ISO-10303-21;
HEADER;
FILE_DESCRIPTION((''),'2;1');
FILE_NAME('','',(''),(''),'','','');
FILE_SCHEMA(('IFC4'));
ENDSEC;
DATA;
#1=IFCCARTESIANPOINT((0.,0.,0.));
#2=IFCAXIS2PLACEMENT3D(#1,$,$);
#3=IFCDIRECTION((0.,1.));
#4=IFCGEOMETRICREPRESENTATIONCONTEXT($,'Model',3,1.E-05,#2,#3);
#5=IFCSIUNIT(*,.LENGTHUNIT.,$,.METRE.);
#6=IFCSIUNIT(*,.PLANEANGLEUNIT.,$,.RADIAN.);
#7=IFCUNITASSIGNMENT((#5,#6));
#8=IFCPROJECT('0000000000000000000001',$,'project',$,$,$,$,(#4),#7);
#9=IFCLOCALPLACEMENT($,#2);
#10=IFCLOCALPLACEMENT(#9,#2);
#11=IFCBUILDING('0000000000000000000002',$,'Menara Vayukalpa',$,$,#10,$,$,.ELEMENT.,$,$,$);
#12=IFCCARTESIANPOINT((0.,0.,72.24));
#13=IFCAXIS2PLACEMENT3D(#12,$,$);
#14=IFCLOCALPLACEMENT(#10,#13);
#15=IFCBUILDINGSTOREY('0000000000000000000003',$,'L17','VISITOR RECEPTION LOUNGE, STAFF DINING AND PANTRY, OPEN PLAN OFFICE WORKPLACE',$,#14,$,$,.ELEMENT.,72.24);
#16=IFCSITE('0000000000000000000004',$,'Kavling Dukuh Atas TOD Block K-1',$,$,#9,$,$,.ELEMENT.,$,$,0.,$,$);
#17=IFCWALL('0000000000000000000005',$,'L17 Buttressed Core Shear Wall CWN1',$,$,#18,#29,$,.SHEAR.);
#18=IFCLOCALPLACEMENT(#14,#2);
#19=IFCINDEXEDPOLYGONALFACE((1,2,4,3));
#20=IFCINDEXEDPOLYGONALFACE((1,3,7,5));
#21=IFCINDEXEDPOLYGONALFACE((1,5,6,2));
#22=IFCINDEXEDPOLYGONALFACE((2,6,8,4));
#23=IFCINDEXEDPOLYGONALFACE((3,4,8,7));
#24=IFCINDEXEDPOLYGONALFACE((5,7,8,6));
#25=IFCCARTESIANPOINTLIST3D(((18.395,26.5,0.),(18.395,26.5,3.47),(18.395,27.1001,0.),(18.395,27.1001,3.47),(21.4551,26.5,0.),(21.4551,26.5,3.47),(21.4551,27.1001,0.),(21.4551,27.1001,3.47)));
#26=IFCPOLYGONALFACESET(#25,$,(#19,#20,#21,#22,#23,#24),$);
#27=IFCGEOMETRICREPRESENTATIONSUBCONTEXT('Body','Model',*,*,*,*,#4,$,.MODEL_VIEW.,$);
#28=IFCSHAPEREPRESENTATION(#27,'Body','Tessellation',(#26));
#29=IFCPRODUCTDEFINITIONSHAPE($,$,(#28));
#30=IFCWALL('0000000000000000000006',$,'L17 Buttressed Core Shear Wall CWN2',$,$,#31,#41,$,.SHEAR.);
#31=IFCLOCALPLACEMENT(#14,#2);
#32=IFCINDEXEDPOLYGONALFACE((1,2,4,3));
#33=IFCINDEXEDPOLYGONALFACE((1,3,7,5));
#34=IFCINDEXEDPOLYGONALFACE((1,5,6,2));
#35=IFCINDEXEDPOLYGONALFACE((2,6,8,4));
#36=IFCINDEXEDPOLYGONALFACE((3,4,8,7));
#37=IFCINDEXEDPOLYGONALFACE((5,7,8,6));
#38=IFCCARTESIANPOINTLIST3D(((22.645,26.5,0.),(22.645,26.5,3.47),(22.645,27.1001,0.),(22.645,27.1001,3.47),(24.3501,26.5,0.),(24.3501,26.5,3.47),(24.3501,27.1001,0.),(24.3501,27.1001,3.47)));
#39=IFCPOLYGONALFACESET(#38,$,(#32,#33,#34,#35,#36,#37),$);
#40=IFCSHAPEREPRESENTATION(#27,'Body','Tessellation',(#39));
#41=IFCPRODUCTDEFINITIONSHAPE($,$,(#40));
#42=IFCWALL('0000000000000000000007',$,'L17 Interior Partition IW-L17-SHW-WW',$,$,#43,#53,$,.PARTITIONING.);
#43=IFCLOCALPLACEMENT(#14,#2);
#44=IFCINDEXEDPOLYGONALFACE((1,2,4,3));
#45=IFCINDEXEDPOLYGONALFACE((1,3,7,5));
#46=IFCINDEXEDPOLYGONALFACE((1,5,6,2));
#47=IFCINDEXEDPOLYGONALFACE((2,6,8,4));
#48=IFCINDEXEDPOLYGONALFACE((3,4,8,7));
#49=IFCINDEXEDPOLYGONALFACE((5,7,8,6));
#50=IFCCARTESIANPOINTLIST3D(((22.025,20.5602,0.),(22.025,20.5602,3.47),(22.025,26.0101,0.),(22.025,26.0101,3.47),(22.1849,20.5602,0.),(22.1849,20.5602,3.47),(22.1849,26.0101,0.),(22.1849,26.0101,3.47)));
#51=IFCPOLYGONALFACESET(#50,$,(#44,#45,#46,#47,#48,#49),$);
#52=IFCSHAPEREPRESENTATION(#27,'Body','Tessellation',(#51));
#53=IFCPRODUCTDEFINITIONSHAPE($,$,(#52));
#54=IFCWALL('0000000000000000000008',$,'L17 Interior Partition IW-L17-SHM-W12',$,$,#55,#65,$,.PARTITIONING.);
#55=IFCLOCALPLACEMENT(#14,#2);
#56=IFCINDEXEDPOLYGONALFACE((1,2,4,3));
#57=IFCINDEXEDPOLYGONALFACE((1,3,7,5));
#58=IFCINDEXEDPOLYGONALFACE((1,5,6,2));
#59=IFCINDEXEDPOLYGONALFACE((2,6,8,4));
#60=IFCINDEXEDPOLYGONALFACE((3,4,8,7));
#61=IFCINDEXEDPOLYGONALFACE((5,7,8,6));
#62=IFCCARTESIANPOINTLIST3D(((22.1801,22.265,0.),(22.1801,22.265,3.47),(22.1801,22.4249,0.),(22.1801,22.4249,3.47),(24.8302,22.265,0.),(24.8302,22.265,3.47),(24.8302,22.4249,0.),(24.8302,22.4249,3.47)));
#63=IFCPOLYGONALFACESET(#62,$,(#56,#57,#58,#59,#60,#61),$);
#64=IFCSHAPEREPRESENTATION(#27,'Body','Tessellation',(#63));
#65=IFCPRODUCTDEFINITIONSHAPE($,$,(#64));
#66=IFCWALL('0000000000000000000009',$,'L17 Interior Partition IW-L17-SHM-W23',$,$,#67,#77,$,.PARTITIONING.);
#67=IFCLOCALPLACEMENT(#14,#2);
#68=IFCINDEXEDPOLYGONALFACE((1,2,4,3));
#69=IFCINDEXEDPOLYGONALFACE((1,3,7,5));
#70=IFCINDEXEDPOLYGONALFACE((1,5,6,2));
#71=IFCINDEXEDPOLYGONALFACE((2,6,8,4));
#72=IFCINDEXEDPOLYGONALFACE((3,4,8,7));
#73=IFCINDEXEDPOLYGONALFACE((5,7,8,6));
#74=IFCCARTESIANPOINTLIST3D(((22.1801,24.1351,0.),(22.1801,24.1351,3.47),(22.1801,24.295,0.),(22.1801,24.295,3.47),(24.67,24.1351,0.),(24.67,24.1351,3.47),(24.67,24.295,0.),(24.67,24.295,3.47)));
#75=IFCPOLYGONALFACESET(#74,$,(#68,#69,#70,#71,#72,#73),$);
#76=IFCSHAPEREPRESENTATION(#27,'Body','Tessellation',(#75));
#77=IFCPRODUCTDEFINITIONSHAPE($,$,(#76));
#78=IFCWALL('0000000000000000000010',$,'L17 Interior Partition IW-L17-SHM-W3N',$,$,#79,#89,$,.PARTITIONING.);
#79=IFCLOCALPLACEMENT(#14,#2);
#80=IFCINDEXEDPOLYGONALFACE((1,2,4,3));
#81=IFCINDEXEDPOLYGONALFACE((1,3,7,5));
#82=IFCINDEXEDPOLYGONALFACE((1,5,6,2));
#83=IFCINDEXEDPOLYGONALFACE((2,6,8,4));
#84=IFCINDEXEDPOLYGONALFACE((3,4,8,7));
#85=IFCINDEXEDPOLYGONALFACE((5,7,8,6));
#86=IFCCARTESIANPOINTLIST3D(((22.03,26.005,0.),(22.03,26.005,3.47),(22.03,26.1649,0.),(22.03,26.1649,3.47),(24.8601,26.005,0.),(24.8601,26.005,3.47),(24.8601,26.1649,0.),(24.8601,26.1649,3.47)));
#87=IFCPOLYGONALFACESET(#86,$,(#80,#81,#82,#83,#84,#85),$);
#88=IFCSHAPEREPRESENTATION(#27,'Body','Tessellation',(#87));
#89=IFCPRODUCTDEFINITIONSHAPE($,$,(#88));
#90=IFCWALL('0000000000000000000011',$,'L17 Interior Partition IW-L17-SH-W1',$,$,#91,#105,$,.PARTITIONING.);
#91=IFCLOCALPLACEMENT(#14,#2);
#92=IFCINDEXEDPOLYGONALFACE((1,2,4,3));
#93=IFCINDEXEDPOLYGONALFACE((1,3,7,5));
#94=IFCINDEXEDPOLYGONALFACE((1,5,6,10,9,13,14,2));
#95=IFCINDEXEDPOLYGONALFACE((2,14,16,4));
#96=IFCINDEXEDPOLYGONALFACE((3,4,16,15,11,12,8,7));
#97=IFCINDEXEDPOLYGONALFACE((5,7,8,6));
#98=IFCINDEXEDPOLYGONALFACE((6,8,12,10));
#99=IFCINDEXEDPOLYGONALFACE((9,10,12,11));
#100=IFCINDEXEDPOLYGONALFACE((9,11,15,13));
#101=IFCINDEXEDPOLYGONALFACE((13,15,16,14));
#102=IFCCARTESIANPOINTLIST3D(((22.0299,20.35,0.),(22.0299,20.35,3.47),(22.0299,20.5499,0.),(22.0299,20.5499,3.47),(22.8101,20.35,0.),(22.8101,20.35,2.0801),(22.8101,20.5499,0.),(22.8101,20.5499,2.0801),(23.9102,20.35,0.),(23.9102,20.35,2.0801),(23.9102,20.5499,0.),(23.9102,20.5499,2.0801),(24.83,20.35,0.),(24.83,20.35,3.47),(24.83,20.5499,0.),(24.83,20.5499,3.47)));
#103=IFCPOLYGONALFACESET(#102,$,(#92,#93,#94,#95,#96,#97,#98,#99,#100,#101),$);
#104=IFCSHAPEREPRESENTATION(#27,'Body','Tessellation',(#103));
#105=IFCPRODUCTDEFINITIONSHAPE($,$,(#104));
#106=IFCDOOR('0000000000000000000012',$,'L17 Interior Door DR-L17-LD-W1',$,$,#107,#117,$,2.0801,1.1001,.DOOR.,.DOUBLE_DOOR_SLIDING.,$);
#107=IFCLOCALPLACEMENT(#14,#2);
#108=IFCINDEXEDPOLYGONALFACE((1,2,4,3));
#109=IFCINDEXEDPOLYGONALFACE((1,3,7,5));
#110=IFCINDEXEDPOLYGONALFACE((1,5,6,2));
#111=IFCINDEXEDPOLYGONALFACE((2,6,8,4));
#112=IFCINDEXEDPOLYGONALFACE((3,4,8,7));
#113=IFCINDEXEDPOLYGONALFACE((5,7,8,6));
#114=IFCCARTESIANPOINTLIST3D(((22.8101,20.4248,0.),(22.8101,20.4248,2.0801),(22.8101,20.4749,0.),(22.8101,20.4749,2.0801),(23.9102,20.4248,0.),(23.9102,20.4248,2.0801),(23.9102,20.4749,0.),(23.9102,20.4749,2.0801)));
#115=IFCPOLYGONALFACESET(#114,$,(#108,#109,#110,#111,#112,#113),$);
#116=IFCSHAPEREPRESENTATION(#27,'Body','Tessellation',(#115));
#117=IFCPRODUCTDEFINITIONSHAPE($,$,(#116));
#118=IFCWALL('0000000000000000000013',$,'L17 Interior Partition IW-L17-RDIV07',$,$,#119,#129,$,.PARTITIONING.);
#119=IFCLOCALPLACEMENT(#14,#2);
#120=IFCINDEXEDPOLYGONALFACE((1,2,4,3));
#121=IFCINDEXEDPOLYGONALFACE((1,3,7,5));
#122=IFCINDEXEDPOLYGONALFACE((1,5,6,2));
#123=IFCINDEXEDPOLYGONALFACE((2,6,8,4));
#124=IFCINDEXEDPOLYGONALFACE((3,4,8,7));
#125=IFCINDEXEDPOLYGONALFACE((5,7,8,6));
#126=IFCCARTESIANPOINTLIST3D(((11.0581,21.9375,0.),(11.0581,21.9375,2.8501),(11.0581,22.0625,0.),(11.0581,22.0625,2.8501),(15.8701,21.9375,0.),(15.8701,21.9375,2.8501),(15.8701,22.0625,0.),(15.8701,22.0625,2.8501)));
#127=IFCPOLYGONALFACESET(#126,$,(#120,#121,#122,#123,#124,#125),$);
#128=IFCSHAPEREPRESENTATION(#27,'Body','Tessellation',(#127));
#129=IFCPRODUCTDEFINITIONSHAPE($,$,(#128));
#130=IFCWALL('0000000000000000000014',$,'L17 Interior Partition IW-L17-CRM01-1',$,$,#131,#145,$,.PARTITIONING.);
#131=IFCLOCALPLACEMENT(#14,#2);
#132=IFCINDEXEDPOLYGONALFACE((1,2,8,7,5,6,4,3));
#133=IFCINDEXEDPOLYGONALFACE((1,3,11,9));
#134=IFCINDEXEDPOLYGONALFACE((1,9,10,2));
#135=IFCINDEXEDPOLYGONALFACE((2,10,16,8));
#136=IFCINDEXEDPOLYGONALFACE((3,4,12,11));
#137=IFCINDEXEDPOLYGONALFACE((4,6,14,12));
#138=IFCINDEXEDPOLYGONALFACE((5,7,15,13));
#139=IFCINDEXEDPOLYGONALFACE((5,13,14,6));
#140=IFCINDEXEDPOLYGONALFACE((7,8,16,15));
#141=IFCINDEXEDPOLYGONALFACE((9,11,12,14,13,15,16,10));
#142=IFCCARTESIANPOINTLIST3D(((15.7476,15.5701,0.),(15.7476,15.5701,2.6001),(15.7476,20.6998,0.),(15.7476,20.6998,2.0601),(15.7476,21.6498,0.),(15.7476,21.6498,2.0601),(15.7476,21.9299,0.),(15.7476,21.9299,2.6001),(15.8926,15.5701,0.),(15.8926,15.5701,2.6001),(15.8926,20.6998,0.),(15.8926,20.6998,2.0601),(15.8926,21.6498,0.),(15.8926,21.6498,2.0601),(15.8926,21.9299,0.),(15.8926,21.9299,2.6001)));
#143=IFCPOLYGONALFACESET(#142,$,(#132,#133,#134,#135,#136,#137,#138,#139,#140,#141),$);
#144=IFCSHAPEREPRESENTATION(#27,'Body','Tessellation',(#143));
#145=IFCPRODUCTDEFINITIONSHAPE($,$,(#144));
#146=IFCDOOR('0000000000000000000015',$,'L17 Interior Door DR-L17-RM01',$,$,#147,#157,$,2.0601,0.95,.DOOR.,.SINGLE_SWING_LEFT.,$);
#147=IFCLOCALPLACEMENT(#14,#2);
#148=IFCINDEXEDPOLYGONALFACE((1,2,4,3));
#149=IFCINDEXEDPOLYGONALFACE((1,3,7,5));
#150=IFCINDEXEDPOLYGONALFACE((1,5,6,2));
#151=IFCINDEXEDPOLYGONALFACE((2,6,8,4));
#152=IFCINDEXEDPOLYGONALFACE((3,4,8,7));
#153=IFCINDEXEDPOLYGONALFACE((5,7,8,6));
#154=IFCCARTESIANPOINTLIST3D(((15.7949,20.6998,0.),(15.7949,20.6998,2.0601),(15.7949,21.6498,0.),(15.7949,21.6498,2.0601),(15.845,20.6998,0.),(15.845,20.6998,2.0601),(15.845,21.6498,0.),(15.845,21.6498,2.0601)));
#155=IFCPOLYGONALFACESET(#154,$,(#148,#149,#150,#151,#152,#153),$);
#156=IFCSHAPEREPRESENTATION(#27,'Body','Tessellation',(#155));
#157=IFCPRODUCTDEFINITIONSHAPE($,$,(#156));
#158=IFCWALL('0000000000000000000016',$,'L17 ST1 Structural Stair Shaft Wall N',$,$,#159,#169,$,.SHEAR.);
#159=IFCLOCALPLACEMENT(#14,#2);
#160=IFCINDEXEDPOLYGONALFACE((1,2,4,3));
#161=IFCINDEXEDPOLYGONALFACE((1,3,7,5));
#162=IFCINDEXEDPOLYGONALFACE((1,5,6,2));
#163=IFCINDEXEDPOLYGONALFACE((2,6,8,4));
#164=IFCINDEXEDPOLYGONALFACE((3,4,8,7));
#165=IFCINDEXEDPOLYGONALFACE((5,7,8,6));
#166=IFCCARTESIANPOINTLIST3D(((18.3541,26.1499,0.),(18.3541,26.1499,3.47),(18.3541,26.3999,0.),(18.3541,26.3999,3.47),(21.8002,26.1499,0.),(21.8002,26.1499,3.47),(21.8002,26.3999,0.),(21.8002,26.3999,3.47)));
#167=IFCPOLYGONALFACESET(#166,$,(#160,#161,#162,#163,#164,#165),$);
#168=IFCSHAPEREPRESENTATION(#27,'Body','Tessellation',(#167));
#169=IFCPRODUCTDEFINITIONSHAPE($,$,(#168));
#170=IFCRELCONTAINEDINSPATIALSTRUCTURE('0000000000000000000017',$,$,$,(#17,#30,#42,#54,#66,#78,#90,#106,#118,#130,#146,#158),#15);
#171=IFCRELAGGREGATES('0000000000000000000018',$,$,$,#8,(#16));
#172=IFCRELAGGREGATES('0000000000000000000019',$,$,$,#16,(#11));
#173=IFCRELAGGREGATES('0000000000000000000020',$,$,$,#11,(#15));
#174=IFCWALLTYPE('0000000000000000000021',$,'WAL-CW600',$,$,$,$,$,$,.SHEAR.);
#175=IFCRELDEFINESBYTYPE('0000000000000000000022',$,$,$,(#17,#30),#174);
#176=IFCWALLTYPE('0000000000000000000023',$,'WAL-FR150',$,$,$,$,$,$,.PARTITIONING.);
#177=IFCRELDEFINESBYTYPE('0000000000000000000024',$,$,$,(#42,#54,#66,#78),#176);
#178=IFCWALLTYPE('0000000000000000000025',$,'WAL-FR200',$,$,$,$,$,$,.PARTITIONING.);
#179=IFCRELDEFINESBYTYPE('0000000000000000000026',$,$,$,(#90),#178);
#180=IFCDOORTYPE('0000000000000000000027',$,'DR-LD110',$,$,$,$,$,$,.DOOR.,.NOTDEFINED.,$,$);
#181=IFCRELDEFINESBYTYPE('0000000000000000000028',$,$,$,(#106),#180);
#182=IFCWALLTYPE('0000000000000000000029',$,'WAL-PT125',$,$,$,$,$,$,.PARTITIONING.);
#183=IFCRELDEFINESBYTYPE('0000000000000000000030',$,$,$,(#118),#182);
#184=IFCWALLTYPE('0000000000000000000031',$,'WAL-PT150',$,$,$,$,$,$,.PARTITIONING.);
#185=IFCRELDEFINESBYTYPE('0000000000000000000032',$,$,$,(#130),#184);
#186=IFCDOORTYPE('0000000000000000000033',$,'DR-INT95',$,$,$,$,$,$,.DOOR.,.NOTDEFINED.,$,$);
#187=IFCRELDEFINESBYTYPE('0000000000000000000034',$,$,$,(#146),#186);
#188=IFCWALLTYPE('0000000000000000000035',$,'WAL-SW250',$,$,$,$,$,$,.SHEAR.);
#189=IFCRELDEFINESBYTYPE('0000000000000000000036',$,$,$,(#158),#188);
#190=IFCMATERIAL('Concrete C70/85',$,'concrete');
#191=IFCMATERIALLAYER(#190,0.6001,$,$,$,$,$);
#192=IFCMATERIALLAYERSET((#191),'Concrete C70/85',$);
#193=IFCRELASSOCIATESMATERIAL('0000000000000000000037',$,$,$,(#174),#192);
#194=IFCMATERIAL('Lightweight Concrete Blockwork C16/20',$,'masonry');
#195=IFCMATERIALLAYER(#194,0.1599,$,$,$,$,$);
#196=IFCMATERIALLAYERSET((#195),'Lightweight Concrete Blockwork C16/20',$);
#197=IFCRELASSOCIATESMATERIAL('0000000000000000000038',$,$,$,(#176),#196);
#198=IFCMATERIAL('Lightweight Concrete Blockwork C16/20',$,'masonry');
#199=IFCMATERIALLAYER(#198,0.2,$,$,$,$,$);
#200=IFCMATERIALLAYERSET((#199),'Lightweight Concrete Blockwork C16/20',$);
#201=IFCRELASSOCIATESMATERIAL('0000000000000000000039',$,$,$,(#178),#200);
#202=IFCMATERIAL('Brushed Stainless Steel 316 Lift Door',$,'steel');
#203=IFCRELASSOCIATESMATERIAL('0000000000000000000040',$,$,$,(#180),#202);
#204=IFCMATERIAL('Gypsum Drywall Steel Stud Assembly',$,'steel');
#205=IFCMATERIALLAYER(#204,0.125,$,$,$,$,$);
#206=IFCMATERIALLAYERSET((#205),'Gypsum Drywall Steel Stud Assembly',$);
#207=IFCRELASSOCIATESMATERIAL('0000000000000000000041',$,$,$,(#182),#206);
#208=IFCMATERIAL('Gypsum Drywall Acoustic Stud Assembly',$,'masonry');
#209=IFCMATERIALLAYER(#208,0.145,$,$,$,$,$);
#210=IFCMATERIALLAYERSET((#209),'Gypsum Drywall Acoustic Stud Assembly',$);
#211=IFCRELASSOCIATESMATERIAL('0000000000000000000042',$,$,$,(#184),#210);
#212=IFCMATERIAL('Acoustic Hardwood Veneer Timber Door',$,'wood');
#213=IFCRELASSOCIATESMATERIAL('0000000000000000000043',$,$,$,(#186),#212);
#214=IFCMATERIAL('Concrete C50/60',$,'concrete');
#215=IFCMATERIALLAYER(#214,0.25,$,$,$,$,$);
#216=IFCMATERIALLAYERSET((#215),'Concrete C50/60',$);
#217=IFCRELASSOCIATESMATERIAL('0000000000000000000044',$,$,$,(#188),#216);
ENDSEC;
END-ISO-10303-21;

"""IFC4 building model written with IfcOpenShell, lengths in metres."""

from ifc_helpers import new_model, si_unit, direction, frame, frame_2d, origin, place, context, subcontext, project, spatial, rectangle, extrude, material, layer, layer_set, type_object, element, fill, save


model = new_model("IFC4")

# Units and contexts
model_context = context("Model", 3, precision=1e-05, world=origin(), true_north=direction((0.0, 1.0)))
body_context = subcontext(model_context, "Body", "Model", "MODEL_VIEW")
ifc_project = project(units=[si_unit("LENGTHUNIT", "METRE"), si_unit("PLANEANGLEUNIT", "RADIAN")], contexts=[model_context])

# Site, building, storey
site_placement = place(None, origin())
site = spatial("IfcSite", under=ifc_project, at=site_placement, Name="Kavling Dukuh Atas TOD Block K-1", CompositionType="ELEMENT", RefElevation=0.0)
building_placement = place(site_placement, origin())
building = spatial("IfcBuilding", under=site, at=building_placement, Name="Menara Vayukalpa", CompositionType="ELEMENT")
storey_placement = place(building_placement, frame((0.0, 0.0, 72.24)))
storey = spatial("IfcBuildingStorey", under=building, at=storey_placement, Name="L17", Description="VISITOR RECEPTION LOUNGE, STAFF DINING AND PANTRY, OPEN PLAN OFFICE WORKPLACE", CompositionType="ELEMENT", Elevation=72.24)

# Walls
ifc_material_1 = material(Name="Concrete C70/85", Category="concrete")
ifc_layer_1 = layer(ifc_material_1, 0.6001)
ifc_layer_set_1 = layer_set([ifc_layer_1], Name="Concrete C70/85")
wall_type_1 = type_object("IfcWallType", Name="WAL-CW600", PredefinedType="SHEAR", material=ifc_layer_set_1)
wall_1_placement = place(storey_placement, frame((18.395, 26.8, 0.0), z_axis=(0.0, 0.0, 1.0), x_axis=(1.0, 0.0, 0.0)))
element("IfcWall", 1, at=wall_1_placement, inside=storey, type_object=wall_type_1, Name="L17 Buttressed Core Shear Wall CWN1", PredefinedType="SHEAR", context=body_context, shape_type="SweptSolid", body=[
    extrude(rectangle(XDim=3.0601, YDim=0.6001, at=frame_2d((1.53, 0.0))), origin(), (0.0, 0.0, 1.0), 3.47),
])
wall_2_placement = place(storey_placement, frame((22.645, 26.8, 0.0), z_axis=(0.0, 0.0, 1.0), x_axis=(1.0, 0.0, 0.0)))
element("IfcWall", 2, at=wall_2_placement, inside=storey, type_object=wall_type_1, Name="L17 Buttressed Core Shear Wall CWN2", PredefinedType="SHEAR", context=body_context, shape_type="SweptSolid", body=[
    extrude(rectangle(XDim=1.7051, YDim=0.6001, at=frame_2d((0.8525, 0.0))), origin(), (0.0, 0.0, 1.0), 3.47),
])
ifc_material_2 = material(Name="Lightweight Concrete Blockwork C16/20", Category="masonry")
ifc_layer_2 = layer(ifc_material_2, 0.1599)
ifc_layer_set_2 = layer_set([ifc_layer_2], Name="Lightweight Concrete Blockwork C16/20")
wall_type_2 = type_object("IfcWallType", Name="WAL-FR150", PredefinedType="PARTITIONING", material=ifc_layer_set_2)
wall_3_placement = place(storey_placement, frame((22.105, 20.5601, 0.0), z_axis=(0.0, 0.0, 1.0), x_axis=(0.0, 1.0, 0.0)))
element("IfcWall", 3, at=wall_3_placement, inside=storey, type_object=wall_type_2, Name="L17 Interior Partition IW-L17-SHW-WW", PredefinedType="PARTITIONING", context=body_context, shape_type="SweptSolid", body=[
    extrude(rectangle(XDim=5.45, YDim=0.1599, at=frame_2d((2.7251, 0.0))), origin(), (0.0, 0.0, 1.0), 3.47),
])
wall_4_placement = place(storey_placement, frame((22.1799, 22.345, 0.0), z_axis=(0.0, 0.0, 1.0), x_axis=(1.0, 0.0, 0.0)))
element("IfcWall", 4, at=wall_4_placement, inside=storey, type_object=wall_type_2, Name="L17 Interior Partition IW-L17-SHM-W12", PredefinedType="PARTITIONING", context=body_context, shape_type="SweptSolid", body=[
    extrude(rectangle(XDim=2.6501, YDim=0.1599, at=frame_2d((1.3252, 0.0))), origin(), (0.0, 0.0, 1.0), 3.47),
])
wall_5_placement = place(storey_placement, frame((22.1799, 24.2151, 0.0), z_axis=(0.0, 0.0, 1.0), x_axis=(1.0, 0.0, 0.0)))
element("IfcWall", 5, at=wall_5_placement, inside=storey, type_object=wall_type_2, Name="L17 Interior Partition IW-L17-SHM-W23", PredefinedType="PARTITIONING", context=body_context, shape_type="SweptSolid", body=[
    extrude(rectangle(XDim=2.49, YDim=0.1599, at=frame_2d((1.2451, 0.0))), origin(), (0.0, 0.0, 1.0), 3.47),
])
wall_6_placement = place(storey_placement, frame((22.03, 26.085, 0.0), z_axis=(0.0, 0.0, 1.0), x_axis=(1.0, 0.0, 0.0)))
element("IfcWall", 6, at=wall_6_placement, inside=storey, type_object=wall_type_2, Name="L17 Interior Partition IW-L17-SHM-W3N", PredefinedType="PARTITIONING", context=body_context, shape_type="SweptSolid", body=[
    extrude(rectangle(XDim=2.8301, YDim=0.1599, at=frame_2d((1.415, 0.0))), origin(), (0.0, 0.0, 1.0), 3.47),
])

# Wall, opening, door
ifc_material_3 = material(Name="Lightweight Concrete Blockwork C16/20", Category="masonry")
ifc_layer_3 = layer(ifc_material_3, 0.2)
ifc_layer_set_3 = layer_set([ifc_layer_3], Name="Lightweight Concrete Blockwork C16/20")
wall_type_3 = type_object("IfcWallType", Name="WAL-FR200", PredefinedType="PARTITIONING", material=ifc_layer_set_3)
wall_7_placement = place(storey_placement, frame((22.03, 20.45, 0.0), z_axis=(0.0, 0.0, 1.0), x_axis=(1.0, 0.0, 0.0)))
wall_7 = element("IfcWall", 7, at=wall_7_placement, inside=storey, type_object=wall_type_3, Name="L17 Interior Partition IW-L17-SH-W1", PredefinedType="PARTITIONING", context=body_context, shape_type="SweptSolid", body=[
    extrude(rectangle(XDim=2.8, YDim=0.2, at=frame_2d((1.3999, 0.0))), origin(), (0.0, 0.0, 1.0), 3.47),
])
opening_1_placement = place(wall_7_placement, frame((0.78, 0.0, 0.0)))
opening_1 = element("IfcOpeningElement", 8, at=opening_1_placement, cuts=wall_7, PredefinedType="OPENING", context=body_context, shape_type="SweptSolid", body=[
    extrude(rectangle(XDim=1.1001, YDim=2.0801, at=frame_2d((0.55, 1.04))), frame((0.0, 0.1099, 0.0), z_axis=(0.0, -1.0, 0.0), x_axis=(1.0, 0.0, 0.0)), (0.0, 0.0, 1.0), 0.22),
])
ifc_material_4 = material(Name="Brushed Stainless Steel 316 Lift Door", Category="steel")
door_type_1 = type_object("IfcDoorType", Name="DR-LD110", OperationType="NOTDEFINED", PredefinedType="DOOR", material=ifc_material_4)
door_1_placement = place(opening_1_placement, origin())
door_1 = element("IfcDoor", 9, at=door_1_placement, inside=storey, type_object=door_type_1, Name="L17 Interior Door DR-L17-LD-W1", OperationType="DOUBLE_DOOR_SLIDING", OverallHeight=2.0801, OverallWidth=1.1001, PredefinedType="DOOR", context=body_context, shape_type="SweptSolid", body=[
    extrude(rectangle(XDim=1.1001, YDim=2.0801, at=frame_2d((0.55, 1.04))), frame((0.0, 0.0249, 0.0), z_axis=(0.0, -1.0, 0.0), x_axis=(1.0, 0.0, 0.0)), (0.0, 0.0, 1.0), 0.05),
])
fill(opening_1, door_1)

# Wall
ifc_material_5 = material(Name="Gypsum Drywall Steel Stud Assembly", Category="steel")
ifc_layer_4 = layer(ifc_material_5, 0.125)
ifc_layer_set_4 = layer_set([ifc_layer_4], Name="Gypsum Drywall Steel Stud Assembly")
wall_type_4 = type_object("IfcWallType", Name="WAL-PT125", PredefinedType="PARTITIONING", material=ifc_layer_set_4)
wall_8_placement = place(storey_placement, frame((11.0581, 22.0, 0.0), z_axis=(0.0, 0.0, 1.0), x_axis=(1.0, 0.0, 0.0)))
element("IfcWall", 10, at=wall_8_placement, inside=storey, type_object=wall_type_4, Name="L17 Interior Partition IW-L17-RDIV07", PredefinedType="PARTITIONING", context=body_context, shape_type="SweptSolid", body=[
    extrude(rectangle(XDim=4.812, YDim=0.125, at=frame_2d((2.406, 0.0))), origin(), (0.0, 0.0, 1.0), 2.8501),
])

# Wall, opening, door
ifc_material_6 = material(Name="Gypsum Drywall Acoustic Stud Assembly", Category="masonry")
ifc_layer_5 = layer(ifc_material_6, 0.145)
ifc_layer_set_5 = layer_set([ifc_layer_5], Name="Gypsum Drywall Acoustic Stud Assembly")
wall_type_5 = type_object("IfcWallType", Name="WAL-PT150", PredefinedType="PARTITIONING", material=ifc_layer_set_5)
wall_9_placement = place(storey_placement, frame((15.8201, 21.9299, 0.0), z_axis=(0.0, 0.0, 1.0), x_axis=(0.0, -1.0, 0.0)))
wall_9 = element("IfcWall", 11, at=wall_9_placement, inside=storey, type_object=wall_type_5, Name="L17 Interior Partition IW-L17-CRM01-1", PredefinedType="PARTITIONING", context=body_context, shape_type="SweptSolid", body=[
    extrude(rectangle(XDim=6.3599, YDim=0.145, at=frame_2d((3.1799, 0.0))), origin(), (0.0, 0.0, 1.0), 2.6001),
])
opening_2_placement = place(wall_9_placement, frame((0.28, 0.0, 0.0)))
opening_2 = element("IfcOpeningElement", 12, at=opening_2_placement, cuts=wall_9, PredefinedType="OPENING", context=body_context, shape_type="SweptSolid", body=[
    extrude(rectangle(XDim=0.95, YDim=2.0601, at=frame_2d((0.4751, 1.03))), frame((0.0, 0.0825, 0.0), z_axis=(0.0, -1.0, 0.0), x_axis=(1.0, 0.0, 0.0)), (0.0, 0.0, 1.0), 0.165),
])
ifc_material_7 = material(Name="Acoustic Hardwood Veneer Timber Door", Category="wood")
door_type_2 = type_object("IfcDoorType", Name="DR-INT95", OperationType="NOTDEFINED", PredefinedType="DOOR", material=ifc_material_7)
door_2_placement = place(opening_2_placement, origin())
door_2 = element("IfcDoor", 13, at=door_2_placement, inside=storey, type_object=door_type_2, Name="L17 Interior Door DR-L17-RM01", OperationType="SINGLE_SWING_LEFT", OverallHeight=2.0601, OverallWidth=0.95, PredefinedType="DOOR", context=body_context, shape_type="SweptSolid", body=[
    extrude(rectangle(XDim=0.95, YDim=2.0601, at=frame_2d((0.4751, 1.03))), frame((0.0, 0.0249, 0.0), z_axis=(0.0, -1.0, 0.0), x_axis=(1.0, 0.0, 0.0)), (0.0, 0.0, 1.0), 0.05),
])
fill(opening_2, door_2)

# Wall
ifc_material_8 = material(Name="Concrete C50/60", Category="concrete")
ifc_layer_6 = layer(ifc_material_8, 0.25)
ifc_layer_set_6 = layer_set([ifc_layer_6], Name="Concrete C50/60")
wall_type_6 = type_object("IfcWallType", Name="WAL-SW250", PredefinedType="SHEAR", material=ifc_layer_set_6)
wall_10_placement = place(storey_placement, frame((18.354, 26.2749, 0.0), z_axis=(0.0, 0.0, 1.0), x_axis=(1.0, 0.0, 0.0)))
element("IfcWall", 14, at=wall_10_placement, inside=storey, type_object=wall_type_6, Name="L17 ST1 Structural Stair Shaft Wall N", PredefinedType="SHEAR", context=body_context, shape_type="SweptSolid", body=[
    extrude(rectangle(XDim=3.446, YDim=0.25, at=frame_2d((1.7231, 0.0))), origin(), (0.0, 0.0, 1.0), 3.47),
])

save(model, "model.ifc")
